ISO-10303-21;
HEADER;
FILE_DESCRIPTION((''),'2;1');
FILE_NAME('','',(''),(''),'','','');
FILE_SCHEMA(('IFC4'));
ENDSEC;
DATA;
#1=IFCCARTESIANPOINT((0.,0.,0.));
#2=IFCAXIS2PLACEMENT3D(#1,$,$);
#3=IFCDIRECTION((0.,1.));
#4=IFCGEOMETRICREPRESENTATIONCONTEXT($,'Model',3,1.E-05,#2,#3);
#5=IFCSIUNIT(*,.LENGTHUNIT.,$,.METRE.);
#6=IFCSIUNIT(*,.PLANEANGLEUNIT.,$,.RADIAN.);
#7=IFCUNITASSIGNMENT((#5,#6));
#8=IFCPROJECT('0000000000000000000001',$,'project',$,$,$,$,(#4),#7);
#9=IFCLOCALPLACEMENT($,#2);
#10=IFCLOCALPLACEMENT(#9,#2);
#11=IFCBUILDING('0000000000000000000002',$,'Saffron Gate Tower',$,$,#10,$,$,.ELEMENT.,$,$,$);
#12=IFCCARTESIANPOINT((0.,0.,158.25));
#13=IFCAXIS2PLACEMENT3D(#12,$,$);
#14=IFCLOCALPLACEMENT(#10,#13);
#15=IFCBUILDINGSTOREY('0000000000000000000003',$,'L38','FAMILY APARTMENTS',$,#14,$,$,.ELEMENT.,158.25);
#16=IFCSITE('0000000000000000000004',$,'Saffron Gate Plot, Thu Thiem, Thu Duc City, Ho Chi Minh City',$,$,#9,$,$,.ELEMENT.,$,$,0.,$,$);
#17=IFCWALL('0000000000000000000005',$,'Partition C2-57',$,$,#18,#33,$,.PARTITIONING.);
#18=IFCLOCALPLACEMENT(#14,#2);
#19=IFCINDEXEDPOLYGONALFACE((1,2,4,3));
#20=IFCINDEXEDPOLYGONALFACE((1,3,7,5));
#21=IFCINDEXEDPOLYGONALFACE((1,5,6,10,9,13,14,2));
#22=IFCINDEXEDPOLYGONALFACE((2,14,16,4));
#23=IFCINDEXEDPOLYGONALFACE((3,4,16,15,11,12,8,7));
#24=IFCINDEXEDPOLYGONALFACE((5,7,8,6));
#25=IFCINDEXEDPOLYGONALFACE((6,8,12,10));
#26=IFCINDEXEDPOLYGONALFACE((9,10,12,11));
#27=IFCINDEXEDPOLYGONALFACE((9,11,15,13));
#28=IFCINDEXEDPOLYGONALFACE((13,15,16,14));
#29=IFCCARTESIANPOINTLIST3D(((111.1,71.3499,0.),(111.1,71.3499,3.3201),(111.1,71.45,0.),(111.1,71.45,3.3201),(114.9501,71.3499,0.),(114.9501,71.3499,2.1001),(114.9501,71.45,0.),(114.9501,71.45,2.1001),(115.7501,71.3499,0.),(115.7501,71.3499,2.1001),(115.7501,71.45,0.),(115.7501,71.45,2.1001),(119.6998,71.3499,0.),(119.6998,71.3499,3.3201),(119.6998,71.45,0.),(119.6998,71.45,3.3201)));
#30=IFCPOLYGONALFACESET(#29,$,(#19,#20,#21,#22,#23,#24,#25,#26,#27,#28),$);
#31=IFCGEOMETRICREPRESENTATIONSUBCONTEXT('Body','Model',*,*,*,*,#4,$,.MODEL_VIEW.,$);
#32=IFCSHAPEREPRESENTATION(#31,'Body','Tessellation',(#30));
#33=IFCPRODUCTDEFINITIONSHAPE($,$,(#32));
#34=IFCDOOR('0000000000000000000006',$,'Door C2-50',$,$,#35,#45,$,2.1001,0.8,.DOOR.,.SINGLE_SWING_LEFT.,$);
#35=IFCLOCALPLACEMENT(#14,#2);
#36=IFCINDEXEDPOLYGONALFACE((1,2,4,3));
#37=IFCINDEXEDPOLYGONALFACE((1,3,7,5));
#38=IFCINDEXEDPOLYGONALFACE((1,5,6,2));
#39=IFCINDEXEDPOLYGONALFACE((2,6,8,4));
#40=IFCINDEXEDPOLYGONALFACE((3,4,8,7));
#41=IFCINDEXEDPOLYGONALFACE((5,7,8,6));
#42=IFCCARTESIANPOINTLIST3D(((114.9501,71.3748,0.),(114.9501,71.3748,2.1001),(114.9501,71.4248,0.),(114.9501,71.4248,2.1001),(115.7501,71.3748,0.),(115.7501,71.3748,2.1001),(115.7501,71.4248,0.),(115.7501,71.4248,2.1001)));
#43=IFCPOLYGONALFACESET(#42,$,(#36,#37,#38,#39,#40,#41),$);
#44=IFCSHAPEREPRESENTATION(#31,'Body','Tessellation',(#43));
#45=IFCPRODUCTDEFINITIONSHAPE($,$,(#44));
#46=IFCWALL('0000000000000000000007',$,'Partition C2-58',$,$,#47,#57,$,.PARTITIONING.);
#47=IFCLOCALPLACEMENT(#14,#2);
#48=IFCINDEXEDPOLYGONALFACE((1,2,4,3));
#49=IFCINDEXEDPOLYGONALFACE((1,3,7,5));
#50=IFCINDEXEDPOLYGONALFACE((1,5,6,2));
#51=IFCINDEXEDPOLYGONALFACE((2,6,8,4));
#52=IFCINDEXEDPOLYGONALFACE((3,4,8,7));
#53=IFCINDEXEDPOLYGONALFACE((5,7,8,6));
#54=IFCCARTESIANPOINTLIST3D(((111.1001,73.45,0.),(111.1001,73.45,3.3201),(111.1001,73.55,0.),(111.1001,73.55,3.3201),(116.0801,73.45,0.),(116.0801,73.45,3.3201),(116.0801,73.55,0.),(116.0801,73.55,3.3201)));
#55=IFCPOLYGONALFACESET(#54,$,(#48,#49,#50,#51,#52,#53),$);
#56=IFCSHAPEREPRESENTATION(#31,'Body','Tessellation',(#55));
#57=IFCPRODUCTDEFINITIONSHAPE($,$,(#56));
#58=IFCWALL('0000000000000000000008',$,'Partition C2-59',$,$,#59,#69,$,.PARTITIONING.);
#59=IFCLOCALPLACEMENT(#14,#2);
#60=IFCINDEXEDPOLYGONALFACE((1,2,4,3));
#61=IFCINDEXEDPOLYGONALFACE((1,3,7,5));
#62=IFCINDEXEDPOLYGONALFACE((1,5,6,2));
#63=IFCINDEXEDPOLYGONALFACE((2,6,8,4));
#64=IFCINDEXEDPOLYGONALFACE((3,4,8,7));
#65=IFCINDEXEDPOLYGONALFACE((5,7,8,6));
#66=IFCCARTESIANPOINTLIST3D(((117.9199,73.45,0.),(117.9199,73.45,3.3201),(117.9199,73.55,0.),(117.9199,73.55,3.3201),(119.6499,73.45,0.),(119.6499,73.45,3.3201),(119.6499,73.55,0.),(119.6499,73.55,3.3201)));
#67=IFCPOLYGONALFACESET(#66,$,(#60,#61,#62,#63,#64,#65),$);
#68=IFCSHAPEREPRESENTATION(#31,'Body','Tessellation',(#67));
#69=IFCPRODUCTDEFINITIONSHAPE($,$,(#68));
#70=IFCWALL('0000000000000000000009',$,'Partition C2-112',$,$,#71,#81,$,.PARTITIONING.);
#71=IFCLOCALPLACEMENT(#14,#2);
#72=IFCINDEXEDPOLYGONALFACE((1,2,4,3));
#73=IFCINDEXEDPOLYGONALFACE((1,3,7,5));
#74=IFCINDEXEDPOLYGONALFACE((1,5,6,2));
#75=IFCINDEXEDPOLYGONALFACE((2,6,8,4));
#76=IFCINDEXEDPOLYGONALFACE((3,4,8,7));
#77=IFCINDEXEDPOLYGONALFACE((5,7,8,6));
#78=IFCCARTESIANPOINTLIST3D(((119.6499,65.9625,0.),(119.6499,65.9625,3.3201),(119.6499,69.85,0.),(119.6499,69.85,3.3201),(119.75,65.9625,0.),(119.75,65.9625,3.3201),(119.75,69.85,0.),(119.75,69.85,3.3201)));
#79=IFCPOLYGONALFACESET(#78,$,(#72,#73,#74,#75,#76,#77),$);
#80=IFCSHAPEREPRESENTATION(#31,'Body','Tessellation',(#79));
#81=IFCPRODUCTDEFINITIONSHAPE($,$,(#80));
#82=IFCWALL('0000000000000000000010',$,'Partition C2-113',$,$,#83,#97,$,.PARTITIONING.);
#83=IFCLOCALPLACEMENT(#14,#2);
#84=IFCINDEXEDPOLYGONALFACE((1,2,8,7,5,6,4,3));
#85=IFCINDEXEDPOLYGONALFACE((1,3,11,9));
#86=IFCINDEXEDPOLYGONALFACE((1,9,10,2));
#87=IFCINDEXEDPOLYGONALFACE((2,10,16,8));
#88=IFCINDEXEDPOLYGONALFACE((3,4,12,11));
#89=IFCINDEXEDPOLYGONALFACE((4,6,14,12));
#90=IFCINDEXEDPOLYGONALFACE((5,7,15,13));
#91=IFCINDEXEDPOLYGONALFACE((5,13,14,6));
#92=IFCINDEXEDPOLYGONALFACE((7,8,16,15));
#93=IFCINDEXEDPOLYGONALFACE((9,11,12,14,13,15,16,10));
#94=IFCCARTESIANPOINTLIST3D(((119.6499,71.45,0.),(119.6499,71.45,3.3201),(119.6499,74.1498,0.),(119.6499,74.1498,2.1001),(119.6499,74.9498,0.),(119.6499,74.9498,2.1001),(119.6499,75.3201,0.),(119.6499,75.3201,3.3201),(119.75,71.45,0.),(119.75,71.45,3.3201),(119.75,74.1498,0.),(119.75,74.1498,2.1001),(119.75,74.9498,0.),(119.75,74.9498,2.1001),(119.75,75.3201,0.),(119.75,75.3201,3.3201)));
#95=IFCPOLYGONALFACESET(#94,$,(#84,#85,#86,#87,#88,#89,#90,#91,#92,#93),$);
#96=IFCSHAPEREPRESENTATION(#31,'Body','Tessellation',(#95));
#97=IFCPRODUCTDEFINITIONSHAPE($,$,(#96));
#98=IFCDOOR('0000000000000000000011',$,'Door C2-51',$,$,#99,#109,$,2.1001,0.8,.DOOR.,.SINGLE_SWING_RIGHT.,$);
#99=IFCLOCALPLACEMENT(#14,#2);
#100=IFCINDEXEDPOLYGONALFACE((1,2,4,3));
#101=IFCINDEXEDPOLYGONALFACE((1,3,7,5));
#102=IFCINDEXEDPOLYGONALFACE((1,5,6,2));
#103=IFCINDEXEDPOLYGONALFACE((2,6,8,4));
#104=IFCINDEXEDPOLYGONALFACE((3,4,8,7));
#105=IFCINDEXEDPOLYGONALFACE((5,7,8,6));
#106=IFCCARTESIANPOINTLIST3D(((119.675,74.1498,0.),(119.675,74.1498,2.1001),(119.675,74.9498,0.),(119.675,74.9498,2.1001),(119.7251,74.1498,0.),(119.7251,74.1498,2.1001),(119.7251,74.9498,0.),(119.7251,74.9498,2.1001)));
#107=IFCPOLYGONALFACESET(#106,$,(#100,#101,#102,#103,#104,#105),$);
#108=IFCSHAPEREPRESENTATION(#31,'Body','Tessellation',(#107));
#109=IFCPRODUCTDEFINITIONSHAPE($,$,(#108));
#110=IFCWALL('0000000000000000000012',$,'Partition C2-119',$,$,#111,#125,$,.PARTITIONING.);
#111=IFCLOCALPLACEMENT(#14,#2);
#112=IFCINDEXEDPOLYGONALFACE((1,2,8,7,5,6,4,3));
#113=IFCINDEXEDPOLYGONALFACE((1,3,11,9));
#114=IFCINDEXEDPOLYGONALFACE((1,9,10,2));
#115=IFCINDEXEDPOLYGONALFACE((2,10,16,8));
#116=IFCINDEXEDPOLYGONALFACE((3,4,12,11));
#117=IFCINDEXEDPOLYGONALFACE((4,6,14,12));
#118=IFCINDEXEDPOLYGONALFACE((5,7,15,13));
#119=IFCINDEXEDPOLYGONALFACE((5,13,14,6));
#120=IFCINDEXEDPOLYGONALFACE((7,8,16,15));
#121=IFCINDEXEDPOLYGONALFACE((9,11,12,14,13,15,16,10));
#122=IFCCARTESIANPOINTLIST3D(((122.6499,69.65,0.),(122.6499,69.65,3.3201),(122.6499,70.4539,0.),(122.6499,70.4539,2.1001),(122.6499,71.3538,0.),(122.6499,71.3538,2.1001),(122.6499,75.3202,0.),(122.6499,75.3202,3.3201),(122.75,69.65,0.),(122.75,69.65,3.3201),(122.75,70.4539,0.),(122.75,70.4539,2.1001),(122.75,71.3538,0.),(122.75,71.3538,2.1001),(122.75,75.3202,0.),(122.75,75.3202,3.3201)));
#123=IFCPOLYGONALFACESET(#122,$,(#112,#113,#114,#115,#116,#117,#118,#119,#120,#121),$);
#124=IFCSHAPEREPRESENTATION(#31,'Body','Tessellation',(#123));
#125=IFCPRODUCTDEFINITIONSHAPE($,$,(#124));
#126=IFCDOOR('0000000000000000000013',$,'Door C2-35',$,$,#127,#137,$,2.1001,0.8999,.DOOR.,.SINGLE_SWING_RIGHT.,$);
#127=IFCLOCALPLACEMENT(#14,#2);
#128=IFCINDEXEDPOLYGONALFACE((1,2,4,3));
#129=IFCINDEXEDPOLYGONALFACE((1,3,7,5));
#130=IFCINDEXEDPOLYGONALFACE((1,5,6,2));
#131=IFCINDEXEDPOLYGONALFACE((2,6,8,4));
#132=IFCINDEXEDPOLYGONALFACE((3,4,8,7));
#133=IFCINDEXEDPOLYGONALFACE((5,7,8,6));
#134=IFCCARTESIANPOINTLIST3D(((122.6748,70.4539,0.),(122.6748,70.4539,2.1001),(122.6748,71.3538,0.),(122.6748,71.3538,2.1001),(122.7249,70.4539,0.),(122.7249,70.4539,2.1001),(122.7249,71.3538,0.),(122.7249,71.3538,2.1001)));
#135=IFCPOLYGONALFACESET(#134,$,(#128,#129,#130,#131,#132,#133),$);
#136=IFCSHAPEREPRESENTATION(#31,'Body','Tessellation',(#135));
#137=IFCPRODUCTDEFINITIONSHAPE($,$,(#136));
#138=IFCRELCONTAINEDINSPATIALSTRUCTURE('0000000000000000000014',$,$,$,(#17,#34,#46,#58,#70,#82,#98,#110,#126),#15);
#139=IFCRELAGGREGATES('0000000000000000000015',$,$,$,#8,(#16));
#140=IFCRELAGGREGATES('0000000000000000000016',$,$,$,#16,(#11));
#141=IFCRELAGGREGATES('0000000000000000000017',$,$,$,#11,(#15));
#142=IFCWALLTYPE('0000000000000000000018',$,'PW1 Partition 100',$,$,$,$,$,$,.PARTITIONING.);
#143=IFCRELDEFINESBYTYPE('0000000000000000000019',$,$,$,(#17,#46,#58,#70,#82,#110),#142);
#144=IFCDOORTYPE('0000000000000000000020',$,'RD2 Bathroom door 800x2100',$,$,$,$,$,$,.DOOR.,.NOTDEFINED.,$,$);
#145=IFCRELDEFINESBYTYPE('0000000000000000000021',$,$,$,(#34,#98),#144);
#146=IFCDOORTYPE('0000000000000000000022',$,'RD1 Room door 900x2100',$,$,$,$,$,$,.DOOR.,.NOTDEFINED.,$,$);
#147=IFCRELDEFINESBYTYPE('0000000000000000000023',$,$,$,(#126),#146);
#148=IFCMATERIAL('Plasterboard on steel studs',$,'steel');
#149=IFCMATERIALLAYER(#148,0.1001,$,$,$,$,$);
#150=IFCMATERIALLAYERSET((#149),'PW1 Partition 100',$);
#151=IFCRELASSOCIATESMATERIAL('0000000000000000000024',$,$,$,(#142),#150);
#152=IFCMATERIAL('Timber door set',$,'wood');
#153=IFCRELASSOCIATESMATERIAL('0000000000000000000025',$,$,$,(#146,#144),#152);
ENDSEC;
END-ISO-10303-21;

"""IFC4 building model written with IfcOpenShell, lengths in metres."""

from ifc_helpers import new_model, si_unit, direction, frame, frame_2d, origin, place, context, subcontext, project, spatial, rectangle, extrude, material, layer, layer_set, type_object, element, fill, save


model = new_model("IFC4")

# Units and contexts
model_context = context("Model", 3, precision=1e-05, world=origin(), true_north=direction((0.0, 1.0)))
body_context = subcontext(model_context, "Body", "Model", "MODEL_VIEW")
ifc_project = project(units=[si_unit("LENGTHUNIT", "METRE"), si_unit("PLANEANGLEUNIT", "RADIAN")], contexts=[model_context])

# Site, building, storey
site_placement = place(None, origin())
site = spatial("IfcSite", under=ifc_project, at=site_placement, Name="Saffron Gate Plot, Thu Thiem, Thu Duc City, Ho Chi Minh City", CompositionType="ELEMENT", RefElevation=0.0)
building_placement = place(site_placement, origin())
building = spatial("IfcBuilding", under=site, at=building_placement, Name="Saffron Gate Tower", CompositionType="ELEMENT")
storey_placement = place(building_placement, frame((0.0, 0.0, 158.25)))
storey = spatial("IfcBuildingStorey", under=building, at=storey_placement, Name="L38", Description="FAMILY APARTMENTS", CompositionType="ELEMENT", Elevation=158.25)

# Shared definitions
ifc_material_1 = material(Name="Plasterboard on steel studs", Category="steel")
ifc_layer = layer(ifc_material_1, 0.1001)
ifc_layer_set = layer_set([ifc_layer], Name="PW1 Partition 100")
wall_type = type_object("IfcWallType", Name="PW1 Partition 100", PredefinedType="PARTITIONING", material=ifc_layer_set)

# Wall, opening, door
ifc_material_2 = material(Name="Timber door set", Category="wood")
door_type_1 = type_object("IfcDoorType", Name="RD1 Room door 900x2100", OperationType="NOTDEFINED", PredefinedType="DOOR", material=ifc_material_2)
wall_1_placement = place(storey_placement, frame((111.1001, 71.3999, 0.0), z_axis=(0.0, 0.0, 1.0), x_axis=(1.0, 0.0, 0.0)))
wall_1 = element("IfcWall", 1, at=wall_1_placement, inside=storey, type_object=wall_type, Name="Partition C2-57", PredefinedType="PARTITIONING", context=body_context, shape_type="SweptSolid", body=[
    extrude(rectangle(XDim=8.5999, YDim=0.1001, at=frame_2d((4.2998, 0.0))), origin(), (0.0, 0.0, 1.0), 3.3201),
])
opening_1_placement = place(wall_1_placement, frame((3.8501, 0.0, 0.0)))
opening_1 = element("IfcOpeningElement", 2, at=opening_1_placement, cuts=wall_1, PredefinedType="OPENING", context=body_context, shape_type="SweptSolid", body=[
    extrude(rectangle(XDim=0.8, YDim=2.1001, at=frame_2d((0.3999, 1.05))), frame((0.0, 0.0601, 0.0), z_axis=(0.0, -1.0, 0.0), x_axis=(1.0, 0.0, 0.0)), (0.0, 0.0, 1.0), 0.1201),
])
door_type_2 = type_object("IfcDoorType", Name="RD2 Bathroom door 800x2100", OperationType="NOTDEFINED", PredefinedType="DOOR", material=ifc_material_2)
door_1_placement = place(opening_1_placement, origin())
door_1 = element("IfcDoor", 3, at=door_1_placement, inside=storey, type_object=door_type_2, Name="Door C2-50", OperationType="SINGLE_SWING_LEFT", OverallHeight=2.1001, OverallWidth=0.8, PredefinedType="DOOR", context=body_context, shape_type="SweptSolid", body=[
    extrude(rectangle(XDim=0.8, YDim=2.1001, at=frame_2d((0.3999, 1.05))), frame((0.0, 0.0249, 0.0), z_axis=(0.0, -1.0, 0.0), x_axis=(1.0, 0.0, 0.0)), (0.0, 0.0, 1.0), 0.05),
])
fill(opening_1, door_1)

# Walls
wall_2_placement = place(storey_placement, frame((111.1001, 73.5, 0.0), z_axis=(0.0, 0.0, 1.0), x_axis=(1.0, 0.0, 0.0)))
element("IfcWall", 4, at=wall_2_placement, inside=storey, type_object=wall_type, Name="Partition C2-58", PredefinedType="PARTITIONING", context=body_context, shape_type="SweptSolid", body=[
    extrude(rectangle(XDim=4.98, YDim=0.1001, at=frame_2d((2.49, 0.0))), origin(), (0.0, 0.0, 1.0), 3.3201),
])
wall_3_placement = place(storey_placement, frame((117.9199, 73.5, 0.0), z_axis=(0.0, 0.0, 1.0), x_axis=(1.0, 0.0, 0.0)))
element("IfcWall", 5, at=wall_3_placement, inside=storey, type_object=wall_type, Name="Partition C2-59", PredefinedType="PARTITIONING", context=body_context, shape_type="SweptSolid", body=[
    extrude(rectangle(XDim=1.73, YDim=0.1001, at=frame_2d((0.865, 0.0))), origin(), (0.0, 0.0, 1.0), 3.3201),
])
wall_4_placement = place(storey_placement, frame((119.7, 69.8501, 0.0), z_axis=(0.0, 0.0, 1.0), x_axis=(0.0, -1.0, 0.0)))
element("IfcWall", 6, at=wall_4_placement, inside=storey, type_object=wall_type, Name="Partition C2-112", PredefinedType="PARTITIONING", context=body_context, shape_type="SweptSolid", body=[
    extrude(rectangle(XDim=3.8875, YDim=0.1001, at=frame_2d((1.9438, 0.0))), origin(), (0.0, 0.0, 1.0), 3.3201),
])

# Walls, openings, doors
wall_5_placement = place(storey_placement, frame((119.7, 71.45, 0.0), z_axis=(0.0, 0.0, 1.0), x_axis=(0.0, 1.0, 0.0)))
wall_5 = element("IfcWall", 7, at=wall_5_placement, inside=storey, type_object=wall_type, Name="Partition C2-113", PredefinedType="PARTITIONING", context=body_context, shape_type="SweptSolid", body=[
    extrude(rectangle(XDim=3.8701, YDim=0.1001, at=frame_2d((1.9351, 0.0))), origin(), (0.0, 0.0, 1.0), 3.3201),
])
opening_2_placement = place(wall_5_placement, frame((2.7, 0.0, 0.0)))
opening_2 = element("IfcOpeningElement", 8, at=opening_2_placement, cuts=wall_5, PredefinedType="OPENING", context=body_context, shape_type="SweptSolid", body=[
    extrude(rectangle(XDim=0.8, YDim=2.1001, at=frame_2d((0.3999, 1.05))), frame((0.0, 0.0601, 0.0), z_axis=(0.0, -1.0, 0.0), x_axis=(1.0, 0.0, 0.0)), (0.0, 0.0, 1.0), 0.1201),
])
door_2_placement = place(opening_2_placement, origin())
door_2 = element("IfcDoor", 9, at=door_2_placement, inside=storey, type_object=door_type_2, Name="Door C2-51", OperationType="SINGLE_SWING_RIGHT", OverallHeight=2.1001, OverallWidth=0.8, PredefinedType="DOOR", context=body_context, shape_type="SweptSolid", body=[
    extrude(rectangle(XDim=0.8, YDim=2.1001, at=frame_2d((0.3999, 1.05))), frame((0.0, 0.0249, 0.0), z_axis=(0.0, -1.0, 0.0), x_axis=(1.0, 0.0, 0.0)), (0.0, 0.0, 1.0), 0.05),
])
fill(opening_2, door_2)
wall_6_placement = place(storey_placement, frame((122.7, 75.3201, 0.0), z_axis=(0.0, 0.0, 1.0), x_axis=(0.0, -1.0, 0.0)))
wall_6 = element("IfcWall", 10, at=wall_6_placement, inside=storey, type_object=wall_type, Name="Partition C2-119", PredefinedType="PARTITIONING", context=body_context, shape_type="SweptSolid", body=[
    extrude(rectangle(XDim=5.6702, YDim=0.1001, at=frame_2d((2.835, 0.0))), origin(), (0.0, 0.0, 1.0), 3.3201),
])
opening_3_placement = place(wall_6_placement, frame((3.9663, 0.0, 0.0)))
opening_3 = element("IfcOpeningElement", 11, at=opening_3_placement, cuts=wall_6, PredefinedType="OPENING", context=body_context, shape_type="SweptSolid", body=[
    extrude(rectangle(XDim=0.8999, YDim=2.1001, at=frame_2d((0.45, 1.05))), frame((0.0, 0.0601, 0.0), z_axis=(0.0, -1.0, 0.0), x_axis=(1.0, 0.0, 0.0)), (0.0, 0.0, 1.0), 0.1201),
])
door_3_placement = place(opening_3_placement, origin())
door_3 = element("IfcDoor", 12, at=door_3_placement, inside=storey, type_object=door_type_1, Name="Door C2-35", OperationType="SINGLE_SWING_RIGHT", OverallHeight=2.1001, OverallWidth=0.8999, PredefinedType="DOOR", context=body_context, shape_type="SweptSolid", body=[
    extrude(rectangle(XDim=0.8999, YDim=2.1001, at=frame_2d((0.45, 1.05))), frame((0.0, 0.0249, 0.0), z_axis=(0.0, -1.0, 0.0), x_axis=(1.0, 0.0, 0.0)), (0.0, 0.0, 1.0), 0.05),
])
fill(opening_3, door_3)

save(model, "model.ifc")
